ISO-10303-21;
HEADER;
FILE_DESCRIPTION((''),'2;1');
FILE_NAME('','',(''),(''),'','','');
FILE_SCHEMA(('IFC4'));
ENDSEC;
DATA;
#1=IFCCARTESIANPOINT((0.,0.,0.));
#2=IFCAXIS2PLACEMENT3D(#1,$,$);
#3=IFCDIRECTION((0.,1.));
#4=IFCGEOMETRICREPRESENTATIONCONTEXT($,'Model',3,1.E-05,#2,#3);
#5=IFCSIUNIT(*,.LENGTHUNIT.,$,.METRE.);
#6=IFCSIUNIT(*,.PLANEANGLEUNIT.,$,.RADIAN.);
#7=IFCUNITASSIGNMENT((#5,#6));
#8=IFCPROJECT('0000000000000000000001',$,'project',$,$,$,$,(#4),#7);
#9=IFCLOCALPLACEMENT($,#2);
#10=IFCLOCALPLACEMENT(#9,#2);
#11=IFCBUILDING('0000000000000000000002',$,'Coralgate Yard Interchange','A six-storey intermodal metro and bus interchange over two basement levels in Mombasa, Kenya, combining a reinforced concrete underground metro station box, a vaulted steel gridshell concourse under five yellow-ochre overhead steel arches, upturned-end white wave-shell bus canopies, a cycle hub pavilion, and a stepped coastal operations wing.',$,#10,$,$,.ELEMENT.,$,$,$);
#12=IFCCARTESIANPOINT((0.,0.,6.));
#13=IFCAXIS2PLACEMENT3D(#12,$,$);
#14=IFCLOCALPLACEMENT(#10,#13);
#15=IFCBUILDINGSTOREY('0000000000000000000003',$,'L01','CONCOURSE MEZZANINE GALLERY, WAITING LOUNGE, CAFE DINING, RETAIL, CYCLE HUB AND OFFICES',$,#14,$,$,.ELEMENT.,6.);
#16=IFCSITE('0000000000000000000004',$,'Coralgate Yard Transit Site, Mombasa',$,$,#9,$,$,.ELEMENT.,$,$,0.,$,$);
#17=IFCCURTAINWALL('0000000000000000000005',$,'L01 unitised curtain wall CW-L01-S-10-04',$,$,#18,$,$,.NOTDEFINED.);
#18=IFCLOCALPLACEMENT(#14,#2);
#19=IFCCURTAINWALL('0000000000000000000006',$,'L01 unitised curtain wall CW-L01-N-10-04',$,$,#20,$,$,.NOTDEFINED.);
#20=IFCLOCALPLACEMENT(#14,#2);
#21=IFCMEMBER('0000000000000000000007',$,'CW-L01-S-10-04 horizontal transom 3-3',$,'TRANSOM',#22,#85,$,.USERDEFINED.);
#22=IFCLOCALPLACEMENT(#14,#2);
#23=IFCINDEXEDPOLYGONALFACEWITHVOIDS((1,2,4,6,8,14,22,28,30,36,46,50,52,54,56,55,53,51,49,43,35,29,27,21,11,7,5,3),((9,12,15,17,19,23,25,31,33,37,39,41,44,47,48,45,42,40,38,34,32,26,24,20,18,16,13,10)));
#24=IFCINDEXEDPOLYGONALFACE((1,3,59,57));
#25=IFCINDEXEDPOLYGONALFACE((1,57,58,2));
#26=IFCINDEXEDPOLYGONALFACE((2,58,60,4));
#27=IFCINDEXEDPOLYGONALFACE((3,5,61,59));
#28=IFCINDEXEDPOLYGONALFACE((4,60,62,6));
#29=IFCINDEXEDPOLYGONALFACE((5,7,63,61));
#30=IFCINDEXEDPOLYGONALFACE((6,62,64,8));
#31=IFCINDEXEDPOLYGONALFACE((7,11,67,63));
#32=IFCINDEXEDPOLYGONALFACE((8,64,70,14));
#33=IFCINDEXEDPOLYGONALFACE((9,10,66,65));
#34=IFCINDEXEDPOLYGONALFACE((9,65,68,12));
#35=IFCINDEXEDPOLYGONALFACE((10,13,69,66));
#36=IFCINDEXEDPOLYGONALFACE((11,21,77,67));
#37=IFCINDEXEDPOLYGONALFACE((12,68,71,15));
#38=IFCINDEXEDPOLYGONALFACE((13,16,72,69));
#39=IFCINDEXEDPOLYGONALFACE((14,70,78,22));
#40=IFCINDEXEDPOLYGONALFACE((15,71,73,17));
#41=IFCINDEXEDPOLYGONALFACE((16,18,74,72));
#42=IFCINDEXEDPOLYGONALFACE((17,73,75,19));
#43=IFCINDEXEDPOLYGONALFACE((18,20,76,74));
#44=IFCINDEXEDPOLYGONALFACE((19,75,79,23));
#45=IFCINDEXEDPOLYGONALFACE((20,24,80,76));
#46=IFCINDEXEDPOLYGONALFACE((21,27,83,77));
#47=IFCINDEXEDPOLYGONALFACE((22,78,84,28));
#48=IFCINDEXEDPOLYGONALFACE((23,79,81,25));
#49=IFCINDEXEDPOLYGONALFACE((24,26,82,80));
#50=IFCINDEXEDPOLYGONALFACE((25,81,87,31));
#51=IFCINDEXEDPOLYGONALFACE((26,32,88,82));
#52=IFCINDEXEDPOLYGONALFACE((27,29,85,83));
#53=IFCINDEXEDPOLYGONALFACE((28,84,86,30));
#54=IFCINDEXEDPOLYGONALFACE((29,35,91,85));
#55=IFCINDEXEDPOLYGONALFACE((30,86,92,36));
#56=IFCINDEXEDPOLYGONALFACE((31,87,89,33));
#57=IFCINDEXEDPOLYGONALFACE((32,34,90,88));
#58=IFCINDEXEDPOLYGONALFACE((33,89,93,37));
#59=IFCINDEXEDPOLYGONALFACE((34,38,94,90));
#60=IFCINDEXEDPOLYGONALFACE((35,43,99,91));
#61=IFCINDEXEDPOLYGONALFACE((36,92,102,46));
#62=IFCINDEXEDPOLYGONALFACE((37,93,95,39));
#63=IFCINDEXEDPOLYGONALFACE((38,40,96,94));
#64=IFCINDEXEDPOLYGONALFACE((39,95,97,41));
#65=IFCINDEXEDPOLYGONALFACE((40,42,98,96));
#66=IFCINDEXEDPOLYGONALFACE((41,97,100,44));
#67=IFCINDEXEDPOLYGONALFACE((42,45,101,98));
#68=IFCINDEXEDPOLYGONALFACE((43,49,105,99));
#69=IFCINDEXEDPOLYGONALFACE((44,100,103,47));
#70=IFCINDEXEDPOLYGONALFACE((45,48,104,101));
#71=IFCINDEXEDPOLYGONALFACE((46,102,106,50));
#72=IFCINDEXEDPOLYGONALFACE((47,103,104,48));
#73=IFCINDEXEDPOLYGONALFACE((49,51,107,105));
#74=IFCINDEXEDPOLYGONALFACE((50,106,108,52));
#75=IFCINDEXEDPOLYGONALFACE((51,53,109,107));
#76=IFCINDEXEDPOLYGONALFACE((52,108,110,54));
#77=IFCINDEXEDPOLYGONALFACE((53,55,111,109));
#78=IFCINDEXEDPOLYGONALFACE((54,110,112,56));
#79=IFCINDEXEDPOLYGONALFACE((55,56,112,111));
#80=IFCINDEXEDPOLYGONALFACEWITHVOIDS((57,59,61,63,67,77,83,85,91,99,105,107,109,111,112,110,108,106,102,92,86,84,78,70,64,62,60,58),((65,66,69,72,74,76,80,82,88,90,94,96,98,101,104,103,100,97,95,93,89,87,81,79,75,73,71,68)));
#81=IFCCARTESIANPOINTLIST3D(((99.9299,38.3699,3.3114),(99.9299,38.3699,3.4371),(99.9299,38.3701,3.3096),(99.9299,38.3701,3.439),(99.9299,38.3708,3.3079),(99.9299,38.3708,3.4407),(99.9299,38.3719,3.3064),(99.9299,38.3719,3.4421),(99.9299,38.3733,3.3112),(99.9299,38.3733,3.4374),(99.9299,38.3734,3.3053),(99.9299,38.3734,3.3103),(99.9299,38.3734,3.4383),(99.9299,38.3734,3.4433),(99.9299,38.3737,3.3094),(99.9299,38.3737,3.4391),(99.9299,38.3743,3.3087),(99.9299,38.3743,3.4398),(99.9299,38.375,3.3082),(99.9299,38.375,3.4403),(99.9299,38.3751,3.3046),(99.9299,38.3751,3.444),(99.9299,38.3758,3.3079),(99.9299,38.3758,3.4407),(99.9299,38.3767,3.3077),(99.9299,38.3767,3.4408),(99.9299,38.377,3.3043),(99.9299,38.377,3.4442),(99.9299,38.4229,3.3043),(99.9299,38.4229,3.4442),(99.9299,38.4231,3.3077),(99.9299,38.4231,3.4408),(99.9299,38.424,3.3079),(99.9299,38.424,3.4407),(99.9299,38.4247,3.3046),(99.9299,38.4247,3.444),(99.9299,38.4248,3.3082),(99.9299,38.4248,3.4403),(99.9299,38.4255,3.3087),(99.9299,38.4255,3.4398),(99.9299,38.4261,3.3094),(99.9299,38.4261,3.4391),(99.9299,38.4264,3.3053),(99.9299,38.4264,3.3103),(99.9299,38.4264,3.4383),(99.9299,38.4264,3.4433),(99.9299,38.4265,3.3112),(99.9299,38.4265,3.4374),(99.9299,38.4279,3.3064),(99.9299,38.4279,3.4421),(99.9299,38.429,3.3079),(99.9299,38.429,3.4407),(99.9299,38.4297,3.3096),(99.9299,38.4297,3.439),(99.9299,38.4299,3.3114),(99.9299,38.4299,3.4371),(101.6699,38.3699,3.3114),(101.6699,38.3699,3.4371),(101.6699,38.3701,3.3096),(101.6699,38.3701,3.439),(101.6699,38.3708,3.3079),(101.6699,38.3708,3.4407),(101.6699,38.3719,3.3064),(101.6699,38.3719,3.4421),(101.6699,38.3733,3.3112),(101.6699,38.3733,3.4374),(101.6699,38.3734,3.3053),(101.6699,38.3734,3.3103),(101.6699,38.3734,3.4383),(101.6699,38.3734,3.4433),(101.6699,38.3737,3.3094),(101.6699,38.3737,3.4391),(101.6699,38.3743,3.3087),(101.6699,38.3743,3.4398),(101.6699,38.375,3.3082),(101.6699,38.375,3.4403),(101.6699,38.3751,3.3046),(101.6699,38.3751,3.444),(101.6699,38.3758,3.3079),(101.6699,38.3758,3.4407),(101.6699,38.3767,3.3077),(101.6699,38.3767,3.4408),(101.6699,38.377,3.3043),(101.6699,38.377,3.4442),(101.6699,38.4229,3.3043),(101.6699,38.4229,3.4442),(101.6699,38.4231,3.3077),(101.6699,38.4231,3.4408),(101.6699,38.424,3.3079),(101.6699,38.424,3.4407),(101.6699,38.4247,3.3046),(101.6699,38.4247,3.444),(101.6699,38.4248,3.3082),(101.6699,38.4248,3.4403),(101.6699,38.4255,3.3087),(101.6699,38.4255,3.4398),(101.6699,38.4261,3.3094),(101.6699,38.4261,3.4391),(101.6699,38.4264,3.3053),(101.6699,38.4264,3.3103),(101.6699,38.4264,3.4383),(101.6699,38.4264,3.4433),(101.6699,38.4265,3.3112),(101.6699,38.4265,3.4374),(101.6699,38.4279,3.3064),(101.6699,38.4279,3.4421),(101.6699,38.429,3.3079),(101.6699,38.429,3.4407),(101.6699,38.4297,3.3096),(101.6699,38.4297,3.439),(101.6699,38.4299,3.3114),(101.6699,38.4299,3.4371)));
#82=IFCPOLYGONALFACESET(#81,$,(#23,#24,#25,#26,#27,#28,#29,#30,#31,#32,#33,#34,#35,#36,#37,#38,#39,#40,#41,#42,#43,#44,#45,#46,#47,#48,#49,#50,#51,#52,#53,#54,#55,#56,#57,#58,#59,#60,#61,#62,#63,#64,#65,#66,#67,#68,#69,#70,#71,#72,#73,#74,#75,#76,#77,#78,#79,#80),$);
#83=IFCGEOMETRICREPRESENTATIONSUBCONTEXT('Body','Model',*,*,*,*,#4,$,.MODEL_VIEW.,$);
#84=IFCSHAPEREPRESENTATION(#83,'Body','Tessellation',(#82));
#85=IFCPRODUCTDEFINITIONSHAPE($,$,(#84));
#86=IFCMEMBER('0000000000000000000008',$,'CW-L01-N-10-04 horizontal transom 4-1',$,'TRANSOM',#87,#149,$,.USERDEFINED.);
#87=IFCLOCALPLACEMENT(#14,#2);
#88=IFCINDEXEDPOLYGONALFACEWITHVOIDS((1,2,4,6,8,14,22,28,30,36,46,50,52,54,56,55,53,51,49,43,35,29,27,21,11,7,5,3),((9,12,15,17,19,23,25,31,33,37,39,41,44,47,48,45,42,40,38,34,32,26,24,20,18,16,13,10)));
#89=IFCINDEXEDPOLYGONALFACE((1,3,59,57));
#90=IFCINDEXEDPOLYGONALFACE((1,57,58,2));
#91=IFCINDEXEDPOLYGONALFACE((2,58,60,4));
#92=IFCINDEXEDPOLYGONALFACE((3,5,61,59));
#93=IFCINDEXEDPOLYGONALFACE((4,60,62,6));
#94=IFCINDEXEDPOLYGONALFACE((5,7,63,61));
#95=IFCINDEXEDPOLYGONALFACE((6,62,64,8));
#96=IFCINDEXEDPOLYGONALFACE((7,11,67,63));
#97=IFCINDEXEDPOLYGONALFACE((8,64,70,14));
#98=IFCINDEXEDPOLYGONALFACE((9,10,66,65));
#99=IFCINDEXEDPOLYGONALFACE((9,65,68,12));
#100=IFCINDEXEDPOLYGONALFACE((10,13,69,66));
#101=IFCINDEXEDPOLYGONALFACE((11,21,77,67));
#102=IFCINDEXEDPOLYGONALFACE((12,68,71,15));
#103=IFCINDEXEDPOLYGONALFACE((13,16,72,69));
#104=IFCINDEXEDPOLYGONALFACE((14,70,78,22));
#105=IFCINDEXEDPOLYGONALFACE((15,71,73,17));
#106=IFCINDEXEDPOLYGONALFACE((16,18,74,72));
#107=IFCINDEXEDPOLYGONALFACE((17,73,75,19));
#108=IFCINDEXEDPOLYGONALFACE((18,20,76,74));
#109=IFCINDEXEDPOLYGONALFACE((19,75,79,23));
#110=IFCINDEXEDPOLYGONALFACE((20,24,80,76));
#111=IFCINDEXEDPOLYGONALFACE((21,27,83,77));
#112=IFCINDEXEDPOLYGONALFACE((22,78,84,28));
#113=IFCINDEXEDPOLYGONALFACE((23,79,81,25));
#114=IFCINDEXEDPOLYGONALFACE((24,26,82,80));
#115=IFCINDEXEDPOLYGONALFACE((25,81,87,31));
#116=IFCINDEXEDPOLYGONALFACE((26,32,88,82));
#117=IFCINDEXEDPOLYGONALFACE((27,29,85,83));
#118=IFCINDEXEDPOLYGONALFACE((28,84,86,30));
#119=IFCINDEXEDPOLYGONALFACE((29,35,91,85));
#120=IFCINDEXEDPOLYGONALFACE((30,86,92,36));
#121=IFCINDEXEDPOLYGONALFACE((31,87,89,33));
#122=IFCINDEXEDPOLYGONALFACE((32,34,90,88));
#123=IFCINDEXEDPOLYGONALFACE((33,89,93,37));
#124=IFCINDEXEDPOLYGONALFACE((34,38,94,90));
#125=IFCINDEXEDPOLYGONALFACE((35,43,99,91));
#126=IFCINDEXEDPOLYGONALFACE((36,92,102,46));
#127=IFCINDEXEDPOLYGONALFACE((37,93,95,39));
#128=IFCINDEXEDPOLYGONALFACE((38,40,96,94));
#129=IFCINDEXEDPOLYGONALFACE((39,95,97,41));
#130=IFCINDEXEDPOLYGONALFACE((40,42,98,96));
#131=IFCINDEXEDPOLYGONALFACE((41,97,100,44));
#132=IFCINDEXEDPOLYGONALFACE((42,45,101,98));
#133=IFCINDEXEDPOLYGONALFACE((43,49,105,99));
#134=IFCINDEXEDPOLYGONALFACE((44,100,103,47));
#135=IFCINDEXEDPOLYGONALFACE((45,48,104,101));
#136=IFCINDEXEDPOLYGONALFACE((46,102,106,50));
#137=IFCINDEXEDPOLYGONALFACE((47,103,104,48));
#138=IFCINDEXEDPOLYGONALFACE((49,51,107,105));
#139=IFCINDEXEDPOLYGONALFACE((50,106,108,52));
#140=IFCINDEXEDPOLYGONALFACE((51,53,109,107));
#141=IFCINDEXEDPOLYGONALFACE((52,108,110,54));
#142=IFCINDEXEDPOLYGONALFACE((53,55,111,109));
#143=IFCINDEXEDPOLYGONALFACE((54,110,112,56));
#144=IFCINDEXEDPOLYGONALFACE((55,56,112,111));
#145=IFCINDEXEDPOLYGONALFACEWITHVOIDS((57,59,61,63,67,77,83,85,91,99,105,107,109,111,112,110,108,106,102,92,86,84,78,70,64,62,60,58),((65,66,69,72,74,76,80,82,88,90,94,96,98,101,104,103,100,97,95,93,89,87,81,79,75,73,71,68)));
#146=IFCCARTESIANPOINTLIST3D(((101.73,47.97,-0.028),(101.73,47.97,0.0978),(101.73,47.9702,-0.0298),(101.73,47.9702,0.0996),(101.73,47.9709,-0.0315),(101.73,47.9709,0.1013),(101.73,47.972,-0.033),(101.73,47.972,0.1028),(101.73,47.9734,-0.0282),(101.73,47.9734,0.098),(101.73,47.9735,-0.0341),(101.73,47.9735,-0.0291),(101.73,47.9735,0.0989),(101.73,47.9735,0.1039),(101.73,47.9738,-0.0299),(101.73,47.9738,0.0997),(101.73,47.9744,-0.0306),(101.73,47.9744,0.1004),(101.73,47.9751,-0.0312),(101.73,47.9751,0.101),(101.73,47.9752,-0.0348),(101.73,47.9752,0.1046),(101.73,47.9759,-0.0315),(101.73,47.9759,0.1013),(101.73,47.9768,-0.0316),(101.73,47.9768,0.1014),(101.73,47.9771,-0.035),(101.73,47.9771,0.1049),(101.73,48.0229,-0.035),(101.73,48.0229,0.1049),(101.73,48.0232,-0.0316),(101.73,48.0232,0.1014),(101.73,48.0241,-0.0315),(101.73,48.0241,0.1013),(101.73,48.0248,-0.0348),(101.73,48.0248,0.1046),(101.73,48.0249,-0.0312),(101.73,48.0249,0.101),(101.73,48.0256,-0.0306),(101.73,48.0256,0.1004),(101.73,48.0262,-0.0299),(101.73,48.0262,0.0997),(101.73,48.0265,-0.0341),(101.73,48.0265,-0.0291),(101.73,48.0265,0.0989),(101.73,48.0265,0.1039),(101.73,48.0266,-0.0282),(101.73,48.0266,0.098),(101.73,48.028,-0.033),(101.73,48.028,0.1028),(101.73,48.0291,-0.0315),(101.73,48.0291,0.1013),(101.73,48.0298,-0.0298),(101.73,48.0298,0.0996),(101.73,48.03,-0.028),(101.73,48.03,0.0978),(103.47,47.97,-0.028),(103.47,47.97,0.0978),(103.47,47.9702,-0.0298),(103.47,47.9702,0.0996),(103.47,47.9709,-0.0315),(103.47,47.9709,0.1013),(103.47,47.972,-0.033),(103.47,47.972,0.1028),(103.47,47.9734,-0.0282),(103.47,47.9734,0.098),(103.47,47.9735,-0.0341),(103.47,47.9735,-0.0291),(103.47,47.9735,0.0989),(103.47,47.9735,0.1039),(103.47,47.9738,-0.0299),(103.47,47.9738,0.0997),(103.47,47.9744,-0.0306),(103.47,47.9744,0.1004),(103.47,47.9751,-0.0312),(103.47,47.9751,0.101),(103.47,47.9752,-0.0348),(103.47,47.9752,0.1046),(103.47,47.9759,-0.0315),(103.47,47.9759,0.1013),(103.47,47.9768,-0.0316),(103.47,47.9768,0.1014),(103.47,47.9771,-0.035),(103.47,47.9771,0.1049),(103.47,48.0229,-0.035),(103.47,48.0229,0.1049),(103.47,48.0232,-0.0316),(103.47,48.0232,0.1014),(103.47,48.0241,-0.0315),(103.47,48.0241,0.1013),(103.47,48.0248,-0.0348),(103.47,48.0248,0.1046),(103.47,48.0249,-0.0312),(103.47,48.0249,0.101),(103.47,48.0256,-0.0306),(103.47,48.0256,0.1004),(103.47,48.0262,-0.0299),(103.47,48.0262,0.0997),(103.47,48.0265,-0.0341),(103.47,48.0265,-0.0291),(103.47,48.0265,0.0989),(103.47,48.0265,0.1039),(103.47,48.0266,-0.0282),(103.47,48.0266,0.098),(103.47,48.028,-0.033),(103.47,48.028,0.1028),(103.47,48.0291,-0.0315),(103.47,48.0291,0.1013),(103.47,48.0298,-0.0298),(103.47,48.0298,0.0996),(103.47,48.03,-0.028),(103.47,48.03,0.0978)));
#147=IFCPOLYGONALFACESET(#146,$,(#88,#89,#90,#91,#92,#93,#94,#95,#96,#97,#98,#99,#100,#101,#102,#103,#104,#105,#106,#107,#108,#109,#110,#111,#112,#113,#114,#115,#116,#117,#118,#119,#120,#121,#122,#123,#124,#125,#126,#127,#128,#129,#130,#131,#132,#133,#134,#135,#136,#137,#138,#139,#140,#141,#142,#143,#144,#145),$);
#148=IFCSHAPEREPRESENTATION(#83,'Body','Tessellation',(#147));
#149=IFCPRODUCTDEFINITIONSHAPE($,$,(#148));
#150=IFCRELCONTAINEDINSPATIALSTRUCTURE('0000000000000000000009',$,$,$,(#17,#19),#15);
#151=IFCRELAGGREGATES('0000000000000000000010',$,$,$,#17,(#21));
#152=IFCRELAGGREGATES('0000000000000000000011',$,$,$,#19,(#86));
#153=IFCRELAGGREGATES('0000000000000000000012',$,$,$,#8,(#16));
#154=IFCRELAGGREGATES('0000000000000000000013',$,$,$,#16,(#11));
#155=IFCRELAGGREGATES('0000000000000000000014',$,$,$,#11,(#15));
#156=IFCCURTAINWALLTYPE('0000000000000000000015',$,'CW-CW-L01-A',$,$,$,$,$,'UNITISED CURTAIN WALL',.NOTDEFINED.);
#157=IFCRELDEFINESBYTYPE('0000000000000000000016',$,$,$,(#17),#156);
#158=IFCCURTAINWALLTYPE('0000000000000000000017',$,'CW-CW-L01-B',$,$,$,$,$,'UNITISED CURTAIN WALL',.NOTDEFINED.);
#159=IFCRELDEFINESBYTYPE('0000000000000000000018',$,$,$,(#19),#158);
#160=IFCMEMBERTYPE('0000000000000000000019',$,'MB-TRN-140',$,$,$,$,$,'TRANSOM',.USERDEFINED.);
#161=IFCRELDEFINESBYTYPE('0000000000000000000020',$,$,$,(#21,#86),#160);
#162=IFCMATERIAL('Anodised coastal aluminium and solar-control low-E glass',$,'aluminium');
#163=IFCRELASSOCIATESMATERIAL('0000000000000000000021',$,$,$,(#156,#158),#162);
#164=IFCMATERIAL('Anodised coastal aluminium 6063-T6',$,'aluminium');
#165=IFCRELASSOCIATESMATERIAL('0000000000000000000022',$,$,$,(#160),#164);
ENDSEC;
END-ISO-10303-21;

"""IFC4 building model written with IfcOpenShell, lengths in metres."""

from ifc_helpers import new_model, si_unit, direction, frame, origin, origin_2d, place, context, subcontext, project, spatial, hollow_rectangle, extrude, material, material_profile, profile_set, type_object, element, aggregate, save


model = new_model("IFC4")

# Units and contexts
model_context = context("Model", 3, precision=1e-05, world=origin(), true_north=direction((0.0, 1.0)))
body_context = subcontext(model_context, "Body", "Model", "MODEL_VIEW")
ifc_project = project(units=[si_unit("LENGTHUNIT", "METRE"), si_unit("PLANEANGLEUNIT", "RADIAN")], contexts=[model_context])

# Site, building, storey
site_placement = place(None, origin())
site = spatial("IfcSite", under=ifc_project, at=site_placement, Name="Coralgate Yard Transit Site, Mombasa", CompositionType="ELEMENT", RefElevation=0.0)
building_placement = place(site_placement, origin())
building = spatial("IfcBuilding", under=site, at=building_placement, Name="Coralgate Yard Interchange", Description="A six-storey intermodal metro and bus interchange over two basement levels in Mombasa, Kenya, combining a reinforced concrete underground metro station box, a vaulted steel gridshell concourse under five yellow-ochre overhead steel arches, upturned-end white wave-shell bus canopies, a cycle hub pavilion, and a stepped coastal operations wing.", CompositionType="ELEMENT")
storey_placement = place(building_placement, frame((0.0, 0.0, 6.0)))
storey = spatial("IfcBuildingStorey", under=building, at=storey_placement, Name="L01", Description="CONCOURSE MEZZANINE GALLERY, WAITING LOUNGE, CAFE DINING, RETAIL, CYCLE HUB AND OFFICES", CompositionType="ELEMENT", Elevation=6.0)

# Curtain wall
ifc_material_1 = material(Name="Anodised coastal aluminium and solar-control low-E glass", Category="aluminium")
curtain_wall_type_1 = type_object("IfcCurtainWallType", Name="CW-CW-L01-A", ElementType="UNITISED CURTAIN WALL", PredefinedType="NOTDEFINED", material=ifc_material_1)
curtain_wall_1_placement = place(storey_placement, origin())
curtain_wall_1 = element("IfcCurtainWall", 1, at=curtain_wall_1_placement, inside=storey, type_object=curtain_wall_type_1, Name="L01 unitised curtain wall CW-L01-S-10-04", PredefinedType="NOTDEFINED")
ifc_material_2 = material(Name="Anodised coastal aluminium 6063-T6", Category="aluminium")

# Curtain wall
curtain_wall_type_2 = type_object("IfcCurtainWallType", Name="CW-CW-L01-B", ElementType="UNITISED CURTAIN WALL", PredefinedType="NOTDEFINED", material=ifc_material_1)
curtain_wall_2_placement = place(storey_placement, origin())
curtain_wall_2 = element("IfcCurtainWall", 2, at=curtain_wall_2_placement, inside=storey, type_object=curtain_wall_type_2, Name="L01 unitised curtain wall CW-L01-N-10-04", PredefinedType="NOTDEFINED")

# Members
ifc_material_profile_1 = material_profile(ifc_material_2, hollow_rectangle(XDim=0.0601, YDim=0.1399, WallThickness=0.0034, InnerFilletRadius=0.0034, OuterFilletRadius=0.0071, at=origin_2d()), Name="ALU 60x140x3.5")
ifc_profile_set_1 = profile_set([ifc_material_profile_1], Name="Anodised coastal aluminium 6063-T6")
member_type_1 = type_object("IfcMemberType", Name="MB-TRN-140", ElementType="TRANSOM", PredefinedType="USERDEFINED", material=ifc_profile_set_1)
member_1_placement = place(storey_placement, frame((101.6699, 38.3999, 3.3743), z_axis=(-1.0, 0.0, 0.0), x_axis=(0.0, -1.0, 0.0)))
member_1 = element("IfcMember", 3, at=member_1_placement, type_object=member_type_1, Name="CW-L01-S-10-04 horizontal transom 3-3", ObjectType="TRANSOM", PredefinedType="USERDEFINED", context=body_context, shape_type="SweptSolid", body=[
    extrude(hollow_rectangle(XDim=0.0601, YDim=0.1399, WallThickness=0.0034, InnerFilletRadius=0.0034, OuterFilletRadius=0.0071, at=origin_2d()), origin(), (0.0, 0.0, 1.0), 1.74),
])
member_2_placement = place(storey_placement, frame((101.73, 48.0, 0.0349), z_axis=(1.0, 0.0, 0.0), x_axis=(0.0, 1.0, 0.0)))
member_2 = element("IfcMember", 4, at=member_2_placement, type_object=member_type_1, Name="CW-L01-N-10-04 horizontal transom 4-1", ObjectType="TRANSOM", PredefinedType="USERDEFINED", context=body_context, shape_type="SweptSolid", body=[
    extrude(hollow_rectangle(XDim=0.0601, YDim=0.1399, WallThickness=0.0034, InnerFilletRadius=0.0034, OuterFilletRadius=0.0071, at=origin_2d()), origin(), (0.0, 0.0, 1.0), 1.74),
])

aggregate(curtain_wall_1, [member_1])
aggregate(curtain_wall_2, [member_2])

save(model, "model.ifc")
